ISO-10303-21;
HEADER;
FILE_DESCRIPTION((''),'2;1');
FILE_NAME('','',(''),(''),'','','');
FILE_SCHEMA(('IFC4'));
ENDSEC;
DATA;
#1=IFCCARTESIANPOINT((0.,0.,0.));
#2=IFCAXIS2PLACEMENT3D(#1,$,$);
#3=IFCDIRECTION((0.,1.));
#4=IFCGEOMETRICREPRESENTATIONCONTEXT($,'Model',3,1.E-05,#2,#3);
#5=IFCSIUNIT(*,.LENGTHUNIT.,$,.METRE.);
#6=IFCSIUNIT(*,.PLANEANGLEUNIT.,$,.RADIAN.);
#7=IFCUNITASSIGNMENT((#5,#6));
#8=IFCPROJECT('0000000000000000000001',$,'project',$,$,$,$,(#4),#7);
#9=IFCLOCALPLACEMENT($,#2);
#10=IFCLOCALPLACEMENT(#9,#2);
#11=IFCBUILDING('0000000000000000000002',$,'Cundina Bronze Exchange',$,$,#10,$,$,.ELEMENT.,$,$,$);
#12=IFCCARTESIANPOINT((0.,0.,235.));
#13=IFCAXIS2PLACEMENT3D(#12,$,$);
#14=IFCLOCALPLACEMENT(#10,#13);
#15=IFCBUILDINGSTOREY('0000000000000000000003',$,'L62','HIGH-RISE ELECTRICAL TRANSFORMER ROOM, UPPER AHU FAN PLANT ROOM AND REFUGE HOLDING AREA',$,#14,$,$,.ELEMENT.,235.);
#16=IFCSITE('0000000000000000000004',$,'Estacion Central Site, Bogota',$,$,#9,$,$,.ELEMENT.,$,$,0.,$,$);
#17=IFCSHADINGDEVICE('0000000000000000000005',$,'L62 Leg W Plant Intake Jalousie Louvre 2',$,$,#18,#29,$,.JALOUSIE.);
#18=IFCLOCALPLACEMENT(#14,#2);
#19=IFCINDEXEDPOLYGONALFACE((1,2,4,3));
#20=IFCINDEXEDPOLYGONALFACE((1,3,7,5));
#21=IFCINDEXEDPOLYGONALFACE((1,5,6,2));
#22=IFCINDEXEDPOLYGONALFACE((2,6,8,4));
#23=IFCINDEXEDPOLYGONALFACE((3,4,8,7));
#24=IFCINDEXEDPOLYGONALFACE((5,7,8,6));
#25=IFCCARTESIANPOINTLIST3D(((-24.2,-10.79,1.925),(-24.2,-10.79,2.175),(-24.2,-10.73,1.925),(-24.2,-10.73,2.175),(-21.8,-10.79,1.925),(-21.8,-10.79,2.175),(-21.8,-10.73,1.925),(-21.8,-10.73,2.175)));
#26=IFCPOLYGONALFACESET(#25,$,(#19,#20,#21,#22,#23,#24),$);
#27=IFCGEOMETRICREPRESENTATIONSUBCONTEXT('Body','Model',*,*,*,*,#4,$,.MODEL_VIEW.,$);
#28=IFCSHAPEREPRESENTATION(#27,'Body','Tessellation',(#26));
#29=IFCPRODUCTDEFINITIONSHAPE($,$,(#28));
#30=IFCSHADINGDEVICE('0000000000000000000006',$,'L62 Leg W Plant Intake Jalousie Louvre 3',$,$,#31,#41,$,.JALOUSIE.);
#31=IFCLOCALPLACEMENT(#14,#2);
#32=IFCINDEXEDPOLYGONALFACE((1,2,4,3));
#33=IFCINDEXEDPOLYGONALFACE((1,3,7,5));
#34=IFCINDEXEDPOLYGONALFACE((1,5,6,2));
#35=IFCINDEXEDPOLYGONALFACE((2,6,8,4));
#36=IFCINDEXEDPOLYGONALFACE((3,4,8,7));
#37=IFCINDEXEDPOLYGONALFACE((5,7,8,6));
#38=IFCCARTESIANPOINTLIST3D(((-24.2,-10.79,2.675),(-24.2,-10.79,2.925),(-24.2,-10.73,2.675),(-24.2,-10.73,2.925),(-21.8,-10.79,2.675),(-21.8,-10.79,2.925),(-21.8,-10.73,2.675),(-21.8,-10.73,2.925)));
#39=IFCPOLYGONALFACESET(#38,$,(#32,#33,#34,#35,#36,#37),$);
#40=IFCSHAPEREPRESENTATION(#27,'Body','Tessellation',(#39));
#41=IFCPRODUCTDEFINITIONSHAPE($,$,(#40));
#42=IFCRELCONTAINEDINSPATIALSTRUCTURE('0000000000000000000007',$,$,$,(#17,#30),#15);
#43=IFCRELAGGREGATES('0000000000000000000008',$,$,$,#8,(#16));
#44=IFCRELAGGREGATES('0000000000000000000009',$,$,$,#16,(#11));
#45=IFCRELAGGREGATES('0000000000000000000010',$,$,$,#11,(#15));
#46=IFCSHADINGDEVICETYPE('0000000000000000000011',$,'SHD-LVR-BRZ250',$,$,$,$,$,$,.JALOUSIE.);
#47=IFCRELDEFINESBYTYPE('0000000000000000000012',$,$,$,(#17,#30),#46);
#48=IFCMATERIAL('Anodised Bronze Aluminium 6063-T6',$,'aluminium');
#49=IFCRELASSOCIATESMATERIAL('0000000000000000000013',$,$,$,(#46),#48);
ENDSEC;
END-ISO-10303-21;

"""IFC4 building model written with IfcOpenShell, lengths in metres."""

from ifc_helpers import new_model, si_unit, direction, frame, origin, origin_2d, place, context, subcontext, project, spatial, rectangle, extrude, material, material_profile, profile_set, type_object, element, save


model = new_model("IFC4")

# Units and contexts
model_context = context("Model", 3, precision=1e-05, world=origin(), true_north=direction((0.0, 1.0)))
body_context = subcontext(model_context, "Body", "Model", "MODEL_VIEW")
ifc_project = project(units=[si_unit("LENGTHUNIT", "METRE"), si_unit("PLANEANGLEUNIT", "RADIAN")], contexts=[model_context])

# Site, building, storey
site_placement = place(None, origin())
site = spatial("IfcSite", under=ifc_project, at=site_placement, Name="Estacion Central Site, Bogota", CompositionType="ELEMENT", RefElevation=0.0)
building_placement = place(site_placement, origin())
building = spatial("IfcBuilding", under=site, at=building_placement, Name="Cundina Bronze Exchange", CompositionType="ELEMENT")
storey_placement = place(building_placement, frame((0.0, 0.0, 235.0)))
storey = spatial("IfcBuildingStorey", under=building, at=storey_placement, Name="L62", Description="HIGH-RISE ELECTRICAL TRANSFORMER ROOM, UPPER AHU FAN PLANT ROOM AND REFUGE HOLDING AREA", CompositionType="ELEMENT", Elevation=235.0)

# Shared definitions
ifc_material_1 = material(Name="Anodised Bronze Aluminium 6063-T6", Category="aluminium")

# Shading devices
ifc_material_profile_1 = material_profile(ifc_material_1, rectangle(XDim=0.0601, YDim=0.25, at=origin_2d()), Name="LVR60X250", Category="aluminium")
ifc_profile_set_1 = profile_set([ifc_material_profile_1], Name="Anodised Bronze Aluminium 6063-T6")
shading_device_type = type_object("IfcShadingDeviceType", Name="SHD-LVR-BRZ250", PredefinedType="JALOUSIE", material=ifc_profile_set_1)
for number, where, z_axis, x_axis, name in (
    (1, (-24.2, -10.76, 2.05), (1.0, 0.0, 0.0), (0.0, 1.0, 0.0), "L62 Leg W Plant Intake Jalousie Louvre 2"),
    (2, (-24.2, -10.76, 2.8), (1.0, 0.0, 0.0), (0.0, 1.0, 0.0), "L62 Leg W Plant Intake Jalousie Louvre 3"),
):
    element("IfcShadingDevice", number, at=place(storey_placement, frame(where, z_axis=z_axis, x_axis=x_axis)), inside=storey, type_object=shading_device_type, Name=name, PredefinedType="JALOUSIE", context=body_context, shape_type="SweptSolid", body=[
        extrude(rectangle(XDim=0.0601, YDim=0.25, at=origin_2d()), origin(), (0.0, 0.0, 1.0), 2.3999),
    ])

save(model, "model.ifc")
